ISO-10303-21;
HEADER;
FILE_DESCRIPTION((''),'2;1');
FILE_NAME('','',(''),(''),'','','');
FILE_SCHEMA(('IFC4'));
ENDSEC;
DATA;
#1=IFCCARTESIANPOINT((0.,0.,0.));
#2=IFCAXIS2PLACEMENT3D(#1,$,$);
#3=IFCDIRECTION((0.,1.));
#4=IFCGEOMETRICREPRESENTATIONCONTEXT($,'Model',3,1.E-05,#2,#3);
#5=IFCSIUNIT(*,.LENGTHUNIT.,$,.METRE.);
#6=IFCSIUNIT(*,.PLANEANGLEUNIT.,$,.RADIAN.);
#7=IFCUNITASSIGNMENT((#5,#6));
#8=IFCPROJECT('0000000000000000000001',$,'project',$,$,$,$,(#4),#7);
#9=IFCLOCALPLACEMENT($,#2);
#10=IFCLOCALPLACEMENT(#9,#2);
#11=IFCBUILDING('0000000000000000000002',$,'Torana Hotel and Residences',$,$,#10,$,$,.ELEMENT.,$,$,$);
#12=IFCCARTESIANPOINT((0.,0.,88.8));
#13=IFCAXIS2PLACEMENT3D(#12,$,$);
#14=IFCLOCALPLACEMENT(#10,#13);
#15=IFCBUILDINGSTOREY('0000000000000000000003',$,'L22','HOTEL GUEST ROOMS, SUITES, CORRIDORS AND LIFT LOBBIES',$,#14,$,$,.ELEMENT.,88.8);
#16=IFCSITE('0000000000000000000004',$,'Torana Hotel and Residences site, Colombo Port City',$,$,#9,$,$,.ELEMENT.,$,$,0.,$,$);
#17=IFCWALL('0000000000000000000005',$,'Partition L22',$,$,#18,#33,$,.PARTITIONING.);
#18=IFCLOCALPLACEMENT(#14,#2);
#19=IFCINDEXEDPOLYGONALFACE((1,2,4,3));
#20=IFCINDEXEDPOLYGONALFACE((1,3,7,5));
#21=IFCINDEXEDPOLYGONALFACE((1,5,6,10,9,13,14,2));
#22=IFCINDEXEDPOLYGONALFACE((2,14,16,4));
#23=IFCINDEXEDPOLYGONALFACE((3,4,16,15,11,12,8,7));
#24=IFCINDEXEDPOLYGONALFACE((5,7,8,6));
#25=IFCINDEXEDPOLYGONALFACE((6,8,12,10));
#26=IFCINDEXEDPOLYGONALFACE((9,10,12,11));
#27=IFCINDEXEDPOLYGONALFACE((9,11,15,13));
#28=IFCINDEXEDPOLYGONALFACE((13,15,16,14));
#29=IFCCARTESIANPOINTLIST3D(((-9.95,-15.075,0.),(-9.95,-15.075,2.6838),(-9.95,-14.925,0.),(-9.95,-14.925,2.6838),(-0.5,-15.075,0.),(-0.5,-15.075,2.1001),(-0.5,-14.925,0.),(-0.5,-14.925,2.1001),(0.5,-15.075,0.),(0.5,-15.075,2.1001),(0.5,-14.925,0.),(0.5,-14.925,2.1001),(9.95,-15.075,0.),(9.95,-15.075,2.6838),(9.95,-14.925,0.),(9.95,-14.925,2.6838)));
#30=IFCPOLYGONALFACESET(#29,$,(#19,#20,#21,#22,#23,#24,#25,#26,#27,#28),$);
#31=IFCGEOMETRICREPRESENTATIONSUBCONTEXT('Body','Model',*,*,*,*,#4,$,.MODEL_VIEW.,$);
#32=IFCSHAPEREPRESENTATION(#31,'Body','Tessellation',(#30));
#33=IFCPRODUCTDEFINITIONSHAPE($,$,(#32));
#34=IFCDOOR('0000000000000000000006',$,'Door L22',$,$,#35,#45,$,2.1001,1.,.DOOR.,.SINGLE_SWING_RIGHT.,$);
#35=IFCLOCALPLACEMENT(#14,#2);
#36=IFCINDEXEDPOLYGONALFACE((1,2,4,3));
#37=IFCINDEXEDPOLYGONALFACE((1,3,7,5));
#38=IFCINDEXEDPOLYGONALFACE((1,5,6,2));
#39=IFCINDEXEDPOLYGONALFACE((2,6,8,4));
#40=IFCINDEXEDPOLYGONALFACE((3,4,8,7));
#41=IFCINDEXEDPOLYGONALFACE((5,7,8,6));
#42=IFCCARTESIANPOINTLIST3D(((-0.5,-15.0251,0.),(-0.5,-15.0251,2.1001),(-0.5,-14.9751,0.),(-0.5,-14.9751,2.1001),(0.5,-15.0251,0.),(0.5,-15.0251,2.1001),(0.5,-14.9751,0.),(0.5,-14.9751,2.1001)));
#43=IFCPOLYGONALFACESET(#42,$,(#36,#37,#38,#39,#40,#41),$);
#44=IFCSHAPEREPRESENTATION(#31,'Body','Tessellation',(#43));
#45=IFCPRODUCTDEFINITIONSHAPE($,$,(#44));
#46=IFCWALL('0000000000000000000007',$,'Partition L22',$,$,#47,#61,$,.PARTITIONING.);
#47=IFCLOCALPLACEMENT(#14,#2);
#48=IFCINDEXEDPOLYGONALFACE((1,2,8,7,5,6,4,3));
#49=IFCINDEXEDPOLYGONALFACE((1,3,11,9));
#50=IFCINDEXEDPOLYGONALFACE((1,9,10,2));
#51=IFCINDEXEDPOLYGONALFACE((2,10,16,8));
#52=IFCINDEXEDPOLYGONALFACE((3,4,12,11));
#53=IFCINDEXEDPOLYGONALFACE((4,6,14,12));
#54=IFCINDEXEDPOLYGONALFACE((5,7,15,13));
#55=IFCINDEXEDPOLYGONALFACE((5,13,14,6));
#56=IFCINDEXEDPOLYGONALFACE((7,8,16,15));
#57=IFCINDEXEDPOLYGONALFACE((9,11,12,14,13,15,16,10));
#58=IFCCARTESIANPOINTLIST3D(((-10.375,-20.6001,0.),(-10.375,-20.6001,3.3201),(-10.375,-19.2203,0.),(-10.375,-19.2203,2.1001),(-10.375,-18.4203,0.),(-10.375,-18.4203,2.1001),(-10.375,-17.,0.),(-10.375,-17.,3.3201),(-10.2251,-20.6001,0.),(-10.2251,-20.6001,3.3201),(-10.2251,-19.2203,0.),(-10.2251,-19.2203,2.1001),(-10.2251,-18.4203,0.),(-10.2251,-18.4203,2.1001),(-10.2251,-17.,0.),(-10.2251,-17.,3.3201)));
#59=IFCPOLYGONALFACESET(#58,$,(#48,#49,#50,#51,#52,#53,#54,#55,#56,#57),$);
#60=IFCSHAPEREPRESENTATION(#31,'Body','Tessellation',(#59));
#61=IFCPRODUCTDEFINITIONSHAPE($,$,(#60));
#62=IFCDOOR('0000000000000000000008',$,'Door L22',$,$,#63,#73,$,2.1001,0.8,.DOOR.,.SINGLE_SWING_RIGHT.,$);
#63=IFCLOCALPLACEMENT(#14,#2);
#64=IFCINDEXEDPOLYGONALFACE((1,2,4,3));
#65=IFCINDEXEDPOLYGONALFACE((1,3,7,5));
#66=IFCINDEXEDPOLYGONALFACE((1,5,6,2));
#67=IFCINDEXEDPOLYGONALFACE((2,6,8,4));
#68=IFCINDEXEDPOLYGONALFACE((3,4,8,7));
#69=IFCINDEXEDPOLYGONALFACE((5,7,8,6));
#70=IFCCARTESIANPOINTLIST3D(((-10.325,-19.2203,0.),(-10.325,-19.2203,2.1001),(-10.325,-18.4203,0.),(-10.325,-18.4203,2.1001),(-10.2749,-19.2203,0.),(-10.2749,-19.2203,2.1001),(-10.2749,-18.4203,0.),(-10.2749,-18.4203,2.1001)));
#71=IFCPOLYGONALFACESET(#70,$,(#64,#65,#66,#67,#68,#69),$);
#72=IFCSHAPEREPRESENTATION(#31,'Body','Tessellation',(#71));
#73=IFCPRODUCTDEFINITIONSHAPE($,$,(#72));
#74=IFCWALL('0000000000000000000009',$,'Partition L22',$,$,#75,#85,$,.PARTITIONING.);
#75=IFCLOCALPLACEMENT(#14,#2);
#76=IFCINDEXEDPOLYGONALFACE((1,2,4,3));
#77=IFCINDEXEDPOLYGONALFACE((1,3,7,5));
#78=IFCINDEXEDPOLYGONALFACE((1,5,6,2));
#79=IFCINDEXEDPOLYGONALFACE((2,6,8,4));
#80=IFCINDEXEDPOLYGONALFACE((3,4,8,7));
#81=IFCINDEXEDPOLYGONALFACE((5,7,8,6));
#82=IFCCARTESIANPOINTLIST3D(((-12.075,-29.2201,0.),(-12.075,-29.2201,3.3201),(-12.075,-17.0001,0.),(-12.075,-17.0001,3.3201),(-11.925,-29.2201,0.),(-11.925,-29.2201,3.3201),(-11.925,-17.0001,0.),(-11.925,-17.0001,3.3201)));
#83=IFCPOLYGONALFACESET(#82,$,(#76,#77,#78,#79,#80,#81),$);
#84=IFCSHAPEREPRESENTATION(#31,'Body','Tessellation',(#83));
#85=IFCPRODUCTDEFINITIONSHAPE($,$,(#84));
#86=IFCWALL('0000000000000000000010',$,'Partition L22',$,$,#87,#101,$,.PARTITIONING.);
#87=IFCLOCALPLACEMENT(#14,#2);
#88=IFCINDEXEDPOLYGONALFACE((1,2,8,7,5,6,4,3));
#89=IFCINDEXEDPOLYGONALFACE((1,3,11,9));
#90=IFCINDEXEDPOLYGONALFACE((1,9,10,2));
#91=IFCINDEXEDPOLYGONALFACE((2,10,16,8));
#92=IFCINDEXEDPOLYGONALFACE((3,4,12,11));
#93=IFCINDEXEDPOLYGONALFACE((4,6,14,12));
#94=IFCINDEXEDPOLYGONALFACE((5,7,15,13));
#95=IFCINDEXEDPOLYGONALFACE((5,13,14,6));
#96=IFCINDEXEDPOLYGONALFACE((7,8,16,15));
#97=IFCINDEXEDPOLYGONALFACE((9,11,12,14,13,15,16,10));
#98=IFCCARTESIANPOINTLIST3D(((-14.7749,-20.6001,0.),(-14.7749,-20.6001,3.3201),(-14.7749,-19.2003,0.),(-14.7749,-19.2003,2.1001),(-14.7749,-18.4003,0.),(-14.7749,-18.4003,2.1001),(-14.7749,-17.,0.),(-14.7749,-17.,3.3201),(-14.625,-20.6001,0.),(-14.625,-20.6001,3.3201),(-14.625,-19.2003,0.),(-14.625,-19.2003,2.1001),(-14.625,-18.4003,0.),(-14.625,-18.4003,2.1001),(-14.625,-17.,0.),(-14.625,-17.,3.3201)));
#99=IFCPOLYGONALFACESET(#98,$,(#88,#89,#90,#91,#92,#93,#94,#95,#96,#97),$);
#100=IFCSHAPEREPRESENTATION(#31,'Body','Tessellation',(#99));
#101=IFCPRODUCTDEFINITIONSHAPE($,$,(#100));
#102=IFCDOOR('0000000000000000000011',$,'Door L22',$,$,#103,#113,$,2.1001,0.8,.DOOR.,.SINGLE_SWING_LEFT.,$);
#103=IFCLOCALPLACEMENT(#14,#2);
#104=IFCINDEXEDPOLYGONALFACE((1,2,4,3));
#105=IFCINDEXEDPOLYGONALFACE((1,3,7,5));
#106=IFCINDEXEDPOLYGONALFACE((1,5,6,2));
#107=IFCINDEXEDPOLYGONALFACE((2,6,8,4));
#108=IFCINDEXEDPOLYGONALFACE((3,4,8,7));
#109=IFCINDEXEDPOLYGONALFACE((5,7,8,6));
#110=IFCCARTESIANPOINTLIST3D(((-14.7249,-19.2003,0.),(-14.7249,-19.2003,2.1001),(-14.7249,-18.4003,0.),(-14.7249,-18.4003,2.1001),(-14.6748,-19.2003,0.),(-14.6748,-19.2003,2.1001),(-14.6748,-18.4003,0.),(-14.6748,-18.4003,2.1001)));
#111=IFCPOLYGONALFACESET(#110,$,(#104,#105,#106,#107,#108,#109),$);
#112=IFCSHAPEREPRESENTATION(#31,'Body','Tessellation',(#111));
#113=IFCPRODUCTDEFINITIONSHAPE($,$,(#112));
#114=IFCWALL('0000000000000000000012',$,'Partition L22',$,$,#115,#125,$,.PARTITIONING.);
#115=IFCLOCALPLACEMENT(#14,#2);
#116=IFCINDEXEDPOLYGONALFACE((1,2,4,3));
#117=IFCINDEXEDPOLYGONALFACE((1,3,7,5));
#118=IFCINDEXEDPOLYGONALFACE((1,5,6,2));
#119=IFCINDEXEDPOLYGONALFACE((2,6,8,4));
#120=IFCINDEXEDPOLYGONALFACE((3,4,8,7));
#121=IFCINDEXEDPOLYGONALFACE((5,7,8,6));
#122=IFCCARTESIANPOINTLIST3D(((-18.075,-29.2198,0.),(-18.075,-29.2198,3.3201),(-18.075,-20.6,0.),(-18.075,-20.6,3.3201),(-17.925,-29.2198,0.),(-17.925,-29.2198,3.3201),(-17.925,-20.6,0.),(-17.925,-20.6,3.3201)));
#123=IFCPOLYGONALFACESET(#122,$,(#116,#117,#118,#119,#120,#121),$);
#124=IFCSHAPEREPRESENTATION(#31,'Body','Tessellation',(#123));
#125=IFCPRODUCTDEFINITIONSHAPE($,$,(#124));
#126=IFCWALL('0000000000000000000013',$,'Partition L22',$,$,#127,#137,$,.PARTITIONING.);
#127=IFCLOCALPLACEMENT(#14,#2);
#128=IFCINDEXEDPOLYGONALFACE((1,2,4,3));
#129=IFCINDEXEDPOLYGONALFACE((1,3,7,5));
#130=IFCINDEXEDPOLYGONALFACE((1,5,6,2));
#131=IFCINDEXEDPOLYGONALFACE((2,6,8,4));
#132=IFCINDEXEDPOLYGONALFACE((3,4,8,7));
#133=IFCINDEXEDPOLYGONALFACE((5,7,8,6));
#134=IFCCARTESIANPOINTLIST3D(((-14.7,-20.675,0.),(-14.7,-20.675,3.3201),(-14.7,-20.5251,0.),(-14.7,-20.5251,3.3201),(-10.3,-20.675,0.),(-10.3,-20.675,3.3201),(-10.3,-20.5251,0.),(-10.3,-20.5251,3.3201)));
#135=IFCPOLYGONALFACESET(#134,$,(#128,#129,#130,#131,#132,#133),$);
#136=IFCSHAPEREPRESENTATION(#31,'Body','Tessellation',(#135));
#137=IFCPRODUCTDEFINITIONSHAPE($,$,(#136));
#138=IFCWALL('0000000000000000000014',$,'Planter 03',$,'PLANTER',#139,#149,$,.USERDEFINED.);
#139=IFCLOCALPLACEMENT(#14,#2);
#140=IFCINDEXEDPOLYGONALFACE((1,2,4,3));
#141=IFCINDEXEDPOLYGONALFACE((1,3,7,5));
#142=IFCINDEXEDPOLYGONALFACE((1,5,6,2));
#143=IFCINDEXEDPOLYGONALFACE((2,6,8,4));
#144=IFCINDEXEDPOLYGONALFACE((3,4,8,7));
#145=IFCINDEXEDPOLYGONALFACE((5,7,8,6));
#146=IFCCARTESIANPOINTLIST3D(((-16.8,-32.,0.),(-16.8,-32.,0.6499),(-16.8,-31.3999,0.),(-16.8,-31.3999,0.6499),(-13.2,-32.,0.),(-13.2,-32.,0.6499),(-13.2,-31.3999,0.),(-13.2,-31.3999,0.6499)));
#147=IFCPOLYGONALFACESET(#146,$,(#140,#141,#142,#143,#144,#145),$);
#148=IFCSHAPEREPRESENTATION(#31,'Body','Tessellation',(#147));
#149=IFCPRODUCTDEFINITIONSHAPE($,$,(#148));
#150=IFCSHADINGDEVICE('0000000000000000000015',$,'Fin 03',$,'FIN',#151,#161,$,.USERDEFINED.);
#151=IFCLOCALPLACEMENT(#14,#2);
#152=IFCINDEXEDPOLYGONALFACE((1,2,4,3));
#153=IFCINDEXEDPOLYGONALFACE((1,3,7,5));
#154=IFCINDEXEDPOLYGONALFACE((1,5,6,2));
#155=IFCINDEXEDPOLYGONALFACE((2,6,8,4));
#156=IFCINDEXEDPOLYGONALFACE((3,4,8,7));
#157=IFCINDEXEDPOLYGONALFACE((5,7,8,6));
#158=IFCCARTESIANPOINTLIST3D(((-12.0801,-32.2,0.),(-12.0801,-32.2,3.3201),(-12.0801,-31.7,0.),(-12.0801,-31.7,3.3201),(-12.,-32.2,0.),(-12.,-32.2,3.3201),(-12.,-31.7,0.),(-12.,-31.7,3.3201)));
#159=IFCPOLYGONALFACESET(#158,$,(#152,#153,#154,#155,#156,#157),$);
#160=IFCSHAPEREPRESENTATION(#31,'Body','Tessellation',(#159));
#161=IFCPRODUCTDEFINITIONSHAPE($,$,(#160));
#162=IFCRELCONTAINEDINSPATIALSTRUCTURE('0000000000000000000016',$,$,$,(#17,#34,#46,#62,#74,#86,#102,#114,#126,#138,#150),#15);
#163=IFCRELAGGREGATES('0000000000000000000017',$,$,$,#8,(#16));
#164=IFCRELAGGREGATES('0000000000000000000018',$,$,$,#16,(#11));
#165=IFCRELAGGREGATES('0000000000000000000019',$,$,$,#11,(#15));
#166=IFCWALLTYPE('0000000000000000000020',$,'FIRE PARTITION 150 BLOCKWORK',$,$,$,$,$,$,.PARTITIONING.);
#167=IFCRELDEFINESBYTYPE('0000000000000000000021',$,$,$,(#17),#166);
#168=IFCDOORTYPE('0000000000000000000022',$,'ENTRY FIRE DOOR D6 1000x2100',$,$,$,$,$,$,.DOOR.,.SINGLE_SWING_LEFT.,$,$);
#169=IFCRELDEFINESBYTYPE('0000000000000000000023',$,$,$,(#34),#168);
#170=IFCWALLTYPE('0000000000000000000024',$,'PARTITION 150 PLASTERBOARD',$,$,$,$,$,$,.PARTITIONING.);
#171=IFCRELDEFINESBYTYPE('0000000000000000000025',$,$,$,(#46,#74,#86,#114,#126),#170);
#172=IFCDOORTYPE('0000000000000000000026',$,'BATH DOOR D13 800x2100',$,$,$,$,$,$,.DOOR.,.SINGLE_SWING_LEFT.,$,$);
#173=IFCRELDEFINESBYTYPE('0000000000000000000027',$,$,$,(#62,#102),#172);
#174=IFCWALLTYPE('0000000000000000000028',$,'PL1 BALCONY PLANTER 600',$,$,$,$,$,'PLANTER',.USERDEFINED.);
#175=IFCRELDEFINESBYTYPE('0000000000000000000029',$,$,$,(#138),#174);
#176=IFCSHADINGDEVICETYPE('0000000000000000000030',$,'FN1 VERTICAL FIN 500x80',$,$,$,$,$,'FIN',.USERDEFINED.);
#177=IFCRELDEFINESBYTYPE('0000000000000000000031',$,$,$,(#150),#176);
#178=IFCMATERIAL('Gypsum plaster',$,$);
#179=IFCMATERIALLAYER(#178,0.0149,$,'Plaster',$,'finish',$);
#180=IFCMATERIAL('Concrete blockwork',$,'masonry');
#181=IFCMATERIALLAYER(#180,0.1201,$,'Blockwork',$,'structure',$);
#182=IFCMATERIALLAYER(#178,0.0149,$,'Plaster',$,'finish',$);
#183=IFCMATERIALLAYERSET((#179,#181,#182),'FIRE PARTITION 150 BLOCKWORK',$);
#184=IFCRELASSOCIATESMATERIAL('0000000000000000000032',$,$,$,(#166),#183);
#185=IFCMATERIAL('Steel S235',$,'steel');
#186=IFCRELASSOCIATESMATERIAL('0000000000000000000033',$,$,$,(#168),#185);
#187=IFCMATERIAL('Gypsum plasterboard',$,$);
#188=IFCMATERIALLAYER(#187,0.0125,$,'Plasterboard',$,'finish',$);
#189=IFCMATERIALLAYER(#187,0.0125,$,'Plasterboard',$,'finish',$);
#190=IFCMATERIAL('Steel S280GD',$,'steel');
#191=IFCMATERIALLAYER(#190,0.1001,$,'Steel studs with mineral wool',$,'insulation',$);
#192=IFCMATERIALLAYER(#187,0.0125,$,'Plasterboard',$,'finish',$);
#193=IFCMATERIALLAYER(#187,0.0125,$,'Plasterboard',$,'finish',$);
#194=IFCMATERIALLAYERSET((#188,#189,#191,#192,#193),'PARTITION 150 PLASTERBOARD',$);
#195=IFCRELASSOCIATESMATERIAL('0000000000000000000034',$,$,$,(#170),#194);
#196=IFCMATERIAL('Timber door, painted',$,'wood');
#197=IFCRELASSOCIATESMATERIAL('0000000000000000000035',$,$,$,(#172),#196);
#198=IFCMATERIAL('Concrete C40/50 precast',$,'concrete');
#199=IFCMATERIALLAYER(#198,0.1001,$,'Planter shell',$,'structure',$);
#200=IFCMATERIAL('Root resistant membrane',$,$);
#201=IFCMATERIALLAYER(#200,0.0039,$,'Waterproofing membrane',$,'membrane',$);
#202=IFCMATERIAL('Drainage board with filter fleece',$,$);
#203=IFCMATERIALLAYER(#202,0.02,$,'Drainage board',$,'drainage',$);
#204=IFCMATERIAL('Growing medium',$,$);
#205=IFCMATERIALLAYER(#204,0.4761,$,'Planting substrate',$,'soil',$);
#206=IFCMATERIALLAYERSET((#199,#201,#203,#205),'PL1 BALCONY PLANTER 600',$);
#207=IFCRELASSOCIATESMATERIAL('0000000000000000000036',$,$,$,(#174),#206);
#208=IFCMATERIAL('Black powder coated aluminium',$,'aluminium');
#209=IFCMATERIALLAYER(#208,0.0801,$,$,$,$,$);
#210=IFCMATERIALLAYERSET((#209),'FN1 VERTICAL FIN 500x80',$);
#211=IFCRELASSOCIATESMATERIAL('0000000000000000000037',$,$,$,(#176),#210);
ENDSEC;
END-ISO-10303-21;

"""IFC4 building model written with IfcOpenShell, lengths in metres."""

from ifc_helpers import new_model, si_unit, direction, frame, frame_2d, origin, origin_2d, place, context, subcontext, project, spatial, rectangle, extrude, material, layer, layer_set, type_object, element, fill, save


model = new_model("IFC4")

# Units and contexts
model_context = context("Model", 3, precision=1e-05, world=origin(), true_north=direction((0.0, 1.0)))
body_context = subcontext(model_context, "Body", "Model", "MODEL_VIEW")
ifc_project = project(units=[si_unit("LENGTHUNIT", "METRE"), si_unit("PLANEANGLEUNIT", "RADIAN")], contexts=[model_context])

# Site, building, storey
site_placement = place(None, origin())
site = spatial("IfcSite", under=ifc_project, at=site_placement, Name="Torana Hotel and Residences site, Colombo Port City", CompositionType="ELEMENT", RefElevation=0.0)
building_placement = place(site_placement, origin())
building = spatial("IfcBuilding", under=site, at=building_placement, Name="Torana Hotel and Residences", CompositionType="ELEMENT")
storey_placement = place(building_placement, frame((0.0, 0.0, 88.8)))
storey = spatial("IfcBuildingStorey", under=building, at=storey_placement, Name="L22", Description="HOTEL GUEST ROOMS, SUITES, CORRIDORS AND LIFT LOBBIES", CompositionType="ELEMENT", Elevation=88.8)

# Shared definitions
ifc_material_1 = material(Name="Gypsum plaster")
ifc_layer_1 = layer(ifc_material_1, 0.0149, Name="Plaster", Category="finish")
ifc_material_2 = material(Name="Concrete blockwork", Category="masonry")
ifc_layer_2 = layer(ifc_material_2, 0.1201, Name="Blockwork", Category="structure")
ifc_layer_3 = layer(ifc_material_1, 0.0149, Name="Plaster", Category="finish")
ifc_layer_set_1 = layer_set([ifc_layer_1, ifc_layer_2, ifc_layer_3], Name="FIRE PARTITION 150 BLOCKWORK")
wall_type_1 = type_object("IfcWallType", Name="FIRE PARTITION 150 BLOCKWORK", PredefinedType="PARTITIONING", material=ifc_layer_set_1)

# Walls, openings, doors
wall_1_placement = place(storey_placement, frame((-9.95, -15.0, 0.0), z_axis=(0.0, 0.0, 1.0), x_axis=(1.0, 0.0, 0.0)))
wall_1 = element("IfcWall", 1, at=wall_1_placement, inside=storey, type_object=wall_type_1, Name="Partition L22", PredefinedType="PARTITIONING", context=body_context, shape_type="SweptSolid", body=[
    extrude(rectangle(XDim=19.8999, YDim=0.1499, at=frame_2d((9.95, 0.0))), origin(), (0.0, 0.0, 1.0), 2.6838),
])
opening_1_placement = place(wall_1_placement, frame((9.45, 0.0, 0.0)))
opening_1 = element("IfcOpeningElement", 2, at=opening_1_placement, cuts=wall_1, PredefinedType="OPENING", context=body_context, shape_type="SweptSolid", body=[
    extrude(rectangle(XDim=1.0, YDim=2.1001, at=frame_2d((0.5, 1.05))), frame((0.0, 0.085, 0.0), z_axis=(0.0, -1.0, 0.0), x_axis=(1.0, 0.0, 0.0)), (0.0, 0.0, 1.0), 0.1699),
])
ifc_material_3 = material(Name="Steel S235", Category="steel")
door_type_1 = type_object("IfcDoorType", Name="ENTRY FIRE DOOR D6 1000x2100", OperationType="SINGLE_SWING_LEFT", PredefinedType="DOOR", material=ifc_material_3)
door_1_placement = place(opening_1_placement, origin())
door_1 = element("IfcDoor", 3, at=door_1_placement, inside=storey, type_object=door_type_1, Name="Door L22", OperationType="SINGLE_SWING_RIGHT", OverallHeight=2.1001, OverallWidth=1.0, PredefinedType="DOOR", context=body_context, shape_type="SweptSolid", body=[
    extrude(rectangle(XDim=1.0, YDim=2.1001, at=frame_2d((0.5, 1.05))), frame((0.0, 0.0249, 0.0), z_axis=(0.0, -1.0, 0.0), x_axis=(1.0, 0.0, 0.0)), (0.0, 0.0, 1.0), 0.05),
])
fill(opening_1, door_1)
ifc_material_4 = material(Name="Gypsum plasterboard")
ifc_layer_4 = layer(ifc_material_4, 0.0125, Name="Plasterboard", Category="finish")
ifc_layer_5 = layer(ifc_material_4, 0.0125, Name="Plasterboard", Category="finish")
ifc_material_5 = material(Name="Steel S280GD", Category="steel")
ifc_layer_6 = layer(ifc_material_5, 0.1001, Name="Steel studs with mineral wool", Category="insulation")
ifc_layer_7 = layer(ifc_material_4, 0.0125, Name="Plasterboard", Category="finish")
ifc_layer_8 = layer(ifc_material_4, 0.0125, Name="Plasterboard", Category="finish")
ifc_layer_set_2 = layer_set([ifc_layer_4, ifc_layer_5, ifc_layer_6, ifc_layer_7, ifc_layer_8], Name="PARTITION 150 PLASTERBOARD")
wall_type_2 = type_object("IfcWallType", Name="PARTITION 150 PLASTERBOARD", PredefinedType="PARTITIONING", material=ifc_layer_set_2)
wall_2_placement = place(storey_placement, frame((-10.3, -20.6001, 0.0), z_axis=(0.0, 0.0, 1.0), x_axis=(0.0, 1.0, 0.0)))
wall_2 = element("IfcWall", 4, at=wall_2_placement, inside=storey, type_object=wall_type_2, Name="Partition L22", PredefinedType="PARTITIONING", context=body_context, shape_type="SweptSolid", body=[
    extrude(rectangle(XDim=3.6001, YDim=0.1499, at=frame_2d((1.8, 0.0))), origin(), (0.0, 0.0, 1.0), 3.3201),
])
opening_2_placement = place(wall_2_placement, frame((1.3799, 0.0, 0.0)))
opening_2 = element("IfcOpeningElement", 5, at=opening_2_placement, cuts=wall_2, PredefinedType="OPENING", context=body_context, shape_type="SweptSolid", body=[
    extrude(rectangle(XDim=0.8, YDim=2.1001, at=frame_2d((0.3999, 1.05))), frame((0.0, 0.085, 0.0), z_axis=(0.0, -1.0, 0.0), x_axis=(1.0, 0.0, 0.0)), (0.0, 0.0, 1.0), 0.1699),
])
ifc_material_6 = material(Name="Timber door, painted", Category="wood")
door_type_2 = type_object("IfcDoorType", Name="BATH DOOR D13 800x2100", OperationType="SINGLE_SWING_LEFT", PredefinedType="DOOR", material=ifc_material_6)
door_2_placement = place(opening_2_placement, origin())
door_2 = element("IfcDoor", 6, at=door_2_placement, inside=storey, type_object=door_type_2, Name="Door L22", OperationType="SINGLE_SWING_RIGHT", OverallHeight=2.1001, OverallWidth=0.8, PredefinedType="DOOR", context=body_context, shape_type="SweptSolid", body=[
    extrude(rectangle(XDim=0.8, YDim=2.1001, at=frame_2d((0.3999, 1.05))), frame((0.0, 0.0249, 0.0), z_axis=(0.0, -1.0, 0.0), x_axis=(1.0, 0.0, 0.0)), (0.0, 0.0, 1.0), 0.05),
])
fill(opening_2, door_2)

# Wall
wall_3_placement = place(storey_placement, frame((-12.0, -29.22, 0.0), z_axis=(0.0, 0.0, 1.0), x_axis=(0.0, 1.0, 0.0)))
element("IfcWall", 7, at=wall_3_placement, inside=storey, type_object=wall_type_2, Name="Partition L22", PredefinedType="PARTITIONING", context=body_context, shape_type="SweptSolid", body=[
    extrude(rectangle(XDim=12.22, YDim=0.1499, at=frame_2d((6.1099, 0.0))), origin(), (0.0, 0.0, 1.0), 3.3201),
])

# Wall, opening, door
wall_4_placement = place(storey_placement, frame((-14.7, -20.6001, 0.0), z_axis=(0.0, 0.0, 1.0), x_axis=(0.0, 1.0, 0.0)))
wall_4 = element("IfcWall", 8, at=wall_4_placement, inside=storey, type_object=wall_type_2, Name="Partition L22", PredefinedType="PARTITIONING", context=body_context, shape_type="SweptSolid", body=[
    extrude(rectangle(XDim=3.6001, YDim=0.1499, at=frame_2d((1.8, 0.0))), origin(), (0.0, 0.0, 1.0), 3.3201),
])
opening_3_placement = place(wall_4_placement, frame((1.3999, 0.0, 0.0)))
opening_3 = element("IfcOpeningElement", 9, at=opening_3_placement, cuts=wall_4, PredefinedType="OPENING", context=body_context, shape_type="SweptSolid", body=[
    extrude(rectangle(XDim=0.8, YDim=2.1001, at=frame_2d((0.3999, 1.05))), frame((0.0, 0.085, 0.0), z_axis=(0.0, -1.0, 0.0), x_axis=(1.0, 0.0, 0.0)), (0.0, 0.0, 1.0), 0.1699),
])
door_3_placement = place(opening_3_placement, origin())
door_3 = element("IfcDoor", 10, at=door_3_placement, inside=storey, type_object=door_type_2, Name="Door L22", OperationType="SINGLE_SWING_LEFT", OverallHeight=2.1001, OverallWidth=0.8, PredefinedType="DOOR", context=body_context, shape_type="SweptSolid", body=[
    extrude(rectangle(XDim=0.8, YDim=2.1001, at=frame_2d((0.3999, 1.05))), frame((0.0, 0.0249, 0.0), z_axis=(0.0, -1.0, 0.0), x_axis=(1.0, 0.0, 0.0)), (0.0, 0.0, 1.0), 0.05),
])
fill(opening_3, door_3)

# Walls
wall_5_placement = place(storey_placement, frame((-18.0, -29.22, 0.0), z_axis=(0.0, 0.0, 1.0), x_axis=(0.0, 1.0, 0.0)))
element("IfcWall", 11, at=wall_5_placement, inside=storey, type_object=wall_type_2, Name="Partition L22", PredefinedType="PARTITIONING", context=body_context, shape_type="SweptSolid", body=[
    extrude(rectangle(XDim=8.6199, YDim=0.1499, at=frame_2d((4.3101, 0.0))), origin(), (0.0, 0.0, 1.0), 3.3201),
])
wall_6_placement = place(storey_placement, frame((-14.7, -20.6001, 0.0), z_axis=(0.0, 0.0, 1.0), x_axis=(1.0, 0.0, 0.0)))
element("IfcWall", 12, at=wall_6_placement, inside=storey, type_object=wall_type_2, Name="Partition L22", PredefinedType="PARTITIONING", context=body_context, shape_type="SweptSolid", body=[
    extrude(rectangle(XDim=4.3999, YDim=0.1499, at=frame_2d((2.2, 0.0))), origin(), (0.0, 0.0, 1.0), 3.3201),
])
ifc_material_7 = material(Name="Concrete C40/50 precast", Category="concrete")
ifc_layer_9 = layer(ifc_material_7, 0.1001, Name="Planter shell", Category="structure")
ifc_material_8 = material(Name="Root resistant membrane")
ifc_layer_10 = layer(ifc_material_8, 0.0039, Name="Waterproofing membrane", Category="membrane")
ifc_material_9 = material(Name="Drainage board with filter fleece")
ifc_layer_11 = layer(ifc_material_9, 0.02, Name="Drainage board", Category="drainage")
ifc_material_10 = material(Name="Growing medium")
ifc_layer_12 = layer(ifc_material_10, 0.4761, Name="Planting substrate", Category="soil")
ifc_layer_set_3 = layer_set([ifc_layer_9, ifc_layer_10, ifc_layer_11, ifc_layer_12], Name="PL1 BALCONY PLANTER 600")
wall_type_3 = type_object("IfcWallType", Name="PL1 BALCONY PLANTER 600", ElementType="PLANTER", PredefinedType="USERDEFINED", material=ifc_layer_set_3)
wall_7_placement = place(storey_placement, frame((-13.2, -31.7, 0.0), z_axis=(0.0, 0.0, 1.0), x_axis=(-1.0, 0.0, 0.0)))
element("IfcWall", 13, at=wall_7_placement, inside=storey, type_object=wall_type_3, Name="Planter 03", ObjectType="PLANTER", PredefinedType="USERDEFINED", context=body_context, shape_type="SweptSolid", body=[
    extrude(rectangle(XDim=3.6001, YDim=0.6001, at=frame_2d((1.8, 0.0))), origin(), (0.0, 0.0, 1.0), 0.6499),
])

# Shading device
ifc_material_11 = material(Name="Black powder coated aluminium", Category="aluminium")
ifc_layer_13 = layer(ifc_material_11, 0.0801)
ifc_layer_set_4 = layer_set([ifc_layer_13], Name="FN1 VERTICAL FIN 500x80")
shading_device_type = type_object("IfcShadingDeviceType", Name="FN1 VERTICAL FIN 500x80", ElementType="FIN", PredefinedType="USERDEFINED", material=ifc_layer_set_4)
shading_device_placement = place(storey_placement, frame((-12.04, -31.95, 0.0), z_axis=(0.0, 0.0, 1.0), x_axis=(-1.0, 0.0, 0.0)))
element("IfcShadingDevice", 14, at=shading_device_placement, inside=storey, type_object=shading_device_type, Name="Fin 03", ObjectType="FIN", PredefinedType="USERDEFINED", context=body_context, shape_type="SweptSolid", body=[
    extrude(rectangle(XDim=0.0801, YDim=0.5, at=origin_2d()), origin(), (0.0, 0.0, 1.0), 3.3201),
])

save(model, "model.ifc")
